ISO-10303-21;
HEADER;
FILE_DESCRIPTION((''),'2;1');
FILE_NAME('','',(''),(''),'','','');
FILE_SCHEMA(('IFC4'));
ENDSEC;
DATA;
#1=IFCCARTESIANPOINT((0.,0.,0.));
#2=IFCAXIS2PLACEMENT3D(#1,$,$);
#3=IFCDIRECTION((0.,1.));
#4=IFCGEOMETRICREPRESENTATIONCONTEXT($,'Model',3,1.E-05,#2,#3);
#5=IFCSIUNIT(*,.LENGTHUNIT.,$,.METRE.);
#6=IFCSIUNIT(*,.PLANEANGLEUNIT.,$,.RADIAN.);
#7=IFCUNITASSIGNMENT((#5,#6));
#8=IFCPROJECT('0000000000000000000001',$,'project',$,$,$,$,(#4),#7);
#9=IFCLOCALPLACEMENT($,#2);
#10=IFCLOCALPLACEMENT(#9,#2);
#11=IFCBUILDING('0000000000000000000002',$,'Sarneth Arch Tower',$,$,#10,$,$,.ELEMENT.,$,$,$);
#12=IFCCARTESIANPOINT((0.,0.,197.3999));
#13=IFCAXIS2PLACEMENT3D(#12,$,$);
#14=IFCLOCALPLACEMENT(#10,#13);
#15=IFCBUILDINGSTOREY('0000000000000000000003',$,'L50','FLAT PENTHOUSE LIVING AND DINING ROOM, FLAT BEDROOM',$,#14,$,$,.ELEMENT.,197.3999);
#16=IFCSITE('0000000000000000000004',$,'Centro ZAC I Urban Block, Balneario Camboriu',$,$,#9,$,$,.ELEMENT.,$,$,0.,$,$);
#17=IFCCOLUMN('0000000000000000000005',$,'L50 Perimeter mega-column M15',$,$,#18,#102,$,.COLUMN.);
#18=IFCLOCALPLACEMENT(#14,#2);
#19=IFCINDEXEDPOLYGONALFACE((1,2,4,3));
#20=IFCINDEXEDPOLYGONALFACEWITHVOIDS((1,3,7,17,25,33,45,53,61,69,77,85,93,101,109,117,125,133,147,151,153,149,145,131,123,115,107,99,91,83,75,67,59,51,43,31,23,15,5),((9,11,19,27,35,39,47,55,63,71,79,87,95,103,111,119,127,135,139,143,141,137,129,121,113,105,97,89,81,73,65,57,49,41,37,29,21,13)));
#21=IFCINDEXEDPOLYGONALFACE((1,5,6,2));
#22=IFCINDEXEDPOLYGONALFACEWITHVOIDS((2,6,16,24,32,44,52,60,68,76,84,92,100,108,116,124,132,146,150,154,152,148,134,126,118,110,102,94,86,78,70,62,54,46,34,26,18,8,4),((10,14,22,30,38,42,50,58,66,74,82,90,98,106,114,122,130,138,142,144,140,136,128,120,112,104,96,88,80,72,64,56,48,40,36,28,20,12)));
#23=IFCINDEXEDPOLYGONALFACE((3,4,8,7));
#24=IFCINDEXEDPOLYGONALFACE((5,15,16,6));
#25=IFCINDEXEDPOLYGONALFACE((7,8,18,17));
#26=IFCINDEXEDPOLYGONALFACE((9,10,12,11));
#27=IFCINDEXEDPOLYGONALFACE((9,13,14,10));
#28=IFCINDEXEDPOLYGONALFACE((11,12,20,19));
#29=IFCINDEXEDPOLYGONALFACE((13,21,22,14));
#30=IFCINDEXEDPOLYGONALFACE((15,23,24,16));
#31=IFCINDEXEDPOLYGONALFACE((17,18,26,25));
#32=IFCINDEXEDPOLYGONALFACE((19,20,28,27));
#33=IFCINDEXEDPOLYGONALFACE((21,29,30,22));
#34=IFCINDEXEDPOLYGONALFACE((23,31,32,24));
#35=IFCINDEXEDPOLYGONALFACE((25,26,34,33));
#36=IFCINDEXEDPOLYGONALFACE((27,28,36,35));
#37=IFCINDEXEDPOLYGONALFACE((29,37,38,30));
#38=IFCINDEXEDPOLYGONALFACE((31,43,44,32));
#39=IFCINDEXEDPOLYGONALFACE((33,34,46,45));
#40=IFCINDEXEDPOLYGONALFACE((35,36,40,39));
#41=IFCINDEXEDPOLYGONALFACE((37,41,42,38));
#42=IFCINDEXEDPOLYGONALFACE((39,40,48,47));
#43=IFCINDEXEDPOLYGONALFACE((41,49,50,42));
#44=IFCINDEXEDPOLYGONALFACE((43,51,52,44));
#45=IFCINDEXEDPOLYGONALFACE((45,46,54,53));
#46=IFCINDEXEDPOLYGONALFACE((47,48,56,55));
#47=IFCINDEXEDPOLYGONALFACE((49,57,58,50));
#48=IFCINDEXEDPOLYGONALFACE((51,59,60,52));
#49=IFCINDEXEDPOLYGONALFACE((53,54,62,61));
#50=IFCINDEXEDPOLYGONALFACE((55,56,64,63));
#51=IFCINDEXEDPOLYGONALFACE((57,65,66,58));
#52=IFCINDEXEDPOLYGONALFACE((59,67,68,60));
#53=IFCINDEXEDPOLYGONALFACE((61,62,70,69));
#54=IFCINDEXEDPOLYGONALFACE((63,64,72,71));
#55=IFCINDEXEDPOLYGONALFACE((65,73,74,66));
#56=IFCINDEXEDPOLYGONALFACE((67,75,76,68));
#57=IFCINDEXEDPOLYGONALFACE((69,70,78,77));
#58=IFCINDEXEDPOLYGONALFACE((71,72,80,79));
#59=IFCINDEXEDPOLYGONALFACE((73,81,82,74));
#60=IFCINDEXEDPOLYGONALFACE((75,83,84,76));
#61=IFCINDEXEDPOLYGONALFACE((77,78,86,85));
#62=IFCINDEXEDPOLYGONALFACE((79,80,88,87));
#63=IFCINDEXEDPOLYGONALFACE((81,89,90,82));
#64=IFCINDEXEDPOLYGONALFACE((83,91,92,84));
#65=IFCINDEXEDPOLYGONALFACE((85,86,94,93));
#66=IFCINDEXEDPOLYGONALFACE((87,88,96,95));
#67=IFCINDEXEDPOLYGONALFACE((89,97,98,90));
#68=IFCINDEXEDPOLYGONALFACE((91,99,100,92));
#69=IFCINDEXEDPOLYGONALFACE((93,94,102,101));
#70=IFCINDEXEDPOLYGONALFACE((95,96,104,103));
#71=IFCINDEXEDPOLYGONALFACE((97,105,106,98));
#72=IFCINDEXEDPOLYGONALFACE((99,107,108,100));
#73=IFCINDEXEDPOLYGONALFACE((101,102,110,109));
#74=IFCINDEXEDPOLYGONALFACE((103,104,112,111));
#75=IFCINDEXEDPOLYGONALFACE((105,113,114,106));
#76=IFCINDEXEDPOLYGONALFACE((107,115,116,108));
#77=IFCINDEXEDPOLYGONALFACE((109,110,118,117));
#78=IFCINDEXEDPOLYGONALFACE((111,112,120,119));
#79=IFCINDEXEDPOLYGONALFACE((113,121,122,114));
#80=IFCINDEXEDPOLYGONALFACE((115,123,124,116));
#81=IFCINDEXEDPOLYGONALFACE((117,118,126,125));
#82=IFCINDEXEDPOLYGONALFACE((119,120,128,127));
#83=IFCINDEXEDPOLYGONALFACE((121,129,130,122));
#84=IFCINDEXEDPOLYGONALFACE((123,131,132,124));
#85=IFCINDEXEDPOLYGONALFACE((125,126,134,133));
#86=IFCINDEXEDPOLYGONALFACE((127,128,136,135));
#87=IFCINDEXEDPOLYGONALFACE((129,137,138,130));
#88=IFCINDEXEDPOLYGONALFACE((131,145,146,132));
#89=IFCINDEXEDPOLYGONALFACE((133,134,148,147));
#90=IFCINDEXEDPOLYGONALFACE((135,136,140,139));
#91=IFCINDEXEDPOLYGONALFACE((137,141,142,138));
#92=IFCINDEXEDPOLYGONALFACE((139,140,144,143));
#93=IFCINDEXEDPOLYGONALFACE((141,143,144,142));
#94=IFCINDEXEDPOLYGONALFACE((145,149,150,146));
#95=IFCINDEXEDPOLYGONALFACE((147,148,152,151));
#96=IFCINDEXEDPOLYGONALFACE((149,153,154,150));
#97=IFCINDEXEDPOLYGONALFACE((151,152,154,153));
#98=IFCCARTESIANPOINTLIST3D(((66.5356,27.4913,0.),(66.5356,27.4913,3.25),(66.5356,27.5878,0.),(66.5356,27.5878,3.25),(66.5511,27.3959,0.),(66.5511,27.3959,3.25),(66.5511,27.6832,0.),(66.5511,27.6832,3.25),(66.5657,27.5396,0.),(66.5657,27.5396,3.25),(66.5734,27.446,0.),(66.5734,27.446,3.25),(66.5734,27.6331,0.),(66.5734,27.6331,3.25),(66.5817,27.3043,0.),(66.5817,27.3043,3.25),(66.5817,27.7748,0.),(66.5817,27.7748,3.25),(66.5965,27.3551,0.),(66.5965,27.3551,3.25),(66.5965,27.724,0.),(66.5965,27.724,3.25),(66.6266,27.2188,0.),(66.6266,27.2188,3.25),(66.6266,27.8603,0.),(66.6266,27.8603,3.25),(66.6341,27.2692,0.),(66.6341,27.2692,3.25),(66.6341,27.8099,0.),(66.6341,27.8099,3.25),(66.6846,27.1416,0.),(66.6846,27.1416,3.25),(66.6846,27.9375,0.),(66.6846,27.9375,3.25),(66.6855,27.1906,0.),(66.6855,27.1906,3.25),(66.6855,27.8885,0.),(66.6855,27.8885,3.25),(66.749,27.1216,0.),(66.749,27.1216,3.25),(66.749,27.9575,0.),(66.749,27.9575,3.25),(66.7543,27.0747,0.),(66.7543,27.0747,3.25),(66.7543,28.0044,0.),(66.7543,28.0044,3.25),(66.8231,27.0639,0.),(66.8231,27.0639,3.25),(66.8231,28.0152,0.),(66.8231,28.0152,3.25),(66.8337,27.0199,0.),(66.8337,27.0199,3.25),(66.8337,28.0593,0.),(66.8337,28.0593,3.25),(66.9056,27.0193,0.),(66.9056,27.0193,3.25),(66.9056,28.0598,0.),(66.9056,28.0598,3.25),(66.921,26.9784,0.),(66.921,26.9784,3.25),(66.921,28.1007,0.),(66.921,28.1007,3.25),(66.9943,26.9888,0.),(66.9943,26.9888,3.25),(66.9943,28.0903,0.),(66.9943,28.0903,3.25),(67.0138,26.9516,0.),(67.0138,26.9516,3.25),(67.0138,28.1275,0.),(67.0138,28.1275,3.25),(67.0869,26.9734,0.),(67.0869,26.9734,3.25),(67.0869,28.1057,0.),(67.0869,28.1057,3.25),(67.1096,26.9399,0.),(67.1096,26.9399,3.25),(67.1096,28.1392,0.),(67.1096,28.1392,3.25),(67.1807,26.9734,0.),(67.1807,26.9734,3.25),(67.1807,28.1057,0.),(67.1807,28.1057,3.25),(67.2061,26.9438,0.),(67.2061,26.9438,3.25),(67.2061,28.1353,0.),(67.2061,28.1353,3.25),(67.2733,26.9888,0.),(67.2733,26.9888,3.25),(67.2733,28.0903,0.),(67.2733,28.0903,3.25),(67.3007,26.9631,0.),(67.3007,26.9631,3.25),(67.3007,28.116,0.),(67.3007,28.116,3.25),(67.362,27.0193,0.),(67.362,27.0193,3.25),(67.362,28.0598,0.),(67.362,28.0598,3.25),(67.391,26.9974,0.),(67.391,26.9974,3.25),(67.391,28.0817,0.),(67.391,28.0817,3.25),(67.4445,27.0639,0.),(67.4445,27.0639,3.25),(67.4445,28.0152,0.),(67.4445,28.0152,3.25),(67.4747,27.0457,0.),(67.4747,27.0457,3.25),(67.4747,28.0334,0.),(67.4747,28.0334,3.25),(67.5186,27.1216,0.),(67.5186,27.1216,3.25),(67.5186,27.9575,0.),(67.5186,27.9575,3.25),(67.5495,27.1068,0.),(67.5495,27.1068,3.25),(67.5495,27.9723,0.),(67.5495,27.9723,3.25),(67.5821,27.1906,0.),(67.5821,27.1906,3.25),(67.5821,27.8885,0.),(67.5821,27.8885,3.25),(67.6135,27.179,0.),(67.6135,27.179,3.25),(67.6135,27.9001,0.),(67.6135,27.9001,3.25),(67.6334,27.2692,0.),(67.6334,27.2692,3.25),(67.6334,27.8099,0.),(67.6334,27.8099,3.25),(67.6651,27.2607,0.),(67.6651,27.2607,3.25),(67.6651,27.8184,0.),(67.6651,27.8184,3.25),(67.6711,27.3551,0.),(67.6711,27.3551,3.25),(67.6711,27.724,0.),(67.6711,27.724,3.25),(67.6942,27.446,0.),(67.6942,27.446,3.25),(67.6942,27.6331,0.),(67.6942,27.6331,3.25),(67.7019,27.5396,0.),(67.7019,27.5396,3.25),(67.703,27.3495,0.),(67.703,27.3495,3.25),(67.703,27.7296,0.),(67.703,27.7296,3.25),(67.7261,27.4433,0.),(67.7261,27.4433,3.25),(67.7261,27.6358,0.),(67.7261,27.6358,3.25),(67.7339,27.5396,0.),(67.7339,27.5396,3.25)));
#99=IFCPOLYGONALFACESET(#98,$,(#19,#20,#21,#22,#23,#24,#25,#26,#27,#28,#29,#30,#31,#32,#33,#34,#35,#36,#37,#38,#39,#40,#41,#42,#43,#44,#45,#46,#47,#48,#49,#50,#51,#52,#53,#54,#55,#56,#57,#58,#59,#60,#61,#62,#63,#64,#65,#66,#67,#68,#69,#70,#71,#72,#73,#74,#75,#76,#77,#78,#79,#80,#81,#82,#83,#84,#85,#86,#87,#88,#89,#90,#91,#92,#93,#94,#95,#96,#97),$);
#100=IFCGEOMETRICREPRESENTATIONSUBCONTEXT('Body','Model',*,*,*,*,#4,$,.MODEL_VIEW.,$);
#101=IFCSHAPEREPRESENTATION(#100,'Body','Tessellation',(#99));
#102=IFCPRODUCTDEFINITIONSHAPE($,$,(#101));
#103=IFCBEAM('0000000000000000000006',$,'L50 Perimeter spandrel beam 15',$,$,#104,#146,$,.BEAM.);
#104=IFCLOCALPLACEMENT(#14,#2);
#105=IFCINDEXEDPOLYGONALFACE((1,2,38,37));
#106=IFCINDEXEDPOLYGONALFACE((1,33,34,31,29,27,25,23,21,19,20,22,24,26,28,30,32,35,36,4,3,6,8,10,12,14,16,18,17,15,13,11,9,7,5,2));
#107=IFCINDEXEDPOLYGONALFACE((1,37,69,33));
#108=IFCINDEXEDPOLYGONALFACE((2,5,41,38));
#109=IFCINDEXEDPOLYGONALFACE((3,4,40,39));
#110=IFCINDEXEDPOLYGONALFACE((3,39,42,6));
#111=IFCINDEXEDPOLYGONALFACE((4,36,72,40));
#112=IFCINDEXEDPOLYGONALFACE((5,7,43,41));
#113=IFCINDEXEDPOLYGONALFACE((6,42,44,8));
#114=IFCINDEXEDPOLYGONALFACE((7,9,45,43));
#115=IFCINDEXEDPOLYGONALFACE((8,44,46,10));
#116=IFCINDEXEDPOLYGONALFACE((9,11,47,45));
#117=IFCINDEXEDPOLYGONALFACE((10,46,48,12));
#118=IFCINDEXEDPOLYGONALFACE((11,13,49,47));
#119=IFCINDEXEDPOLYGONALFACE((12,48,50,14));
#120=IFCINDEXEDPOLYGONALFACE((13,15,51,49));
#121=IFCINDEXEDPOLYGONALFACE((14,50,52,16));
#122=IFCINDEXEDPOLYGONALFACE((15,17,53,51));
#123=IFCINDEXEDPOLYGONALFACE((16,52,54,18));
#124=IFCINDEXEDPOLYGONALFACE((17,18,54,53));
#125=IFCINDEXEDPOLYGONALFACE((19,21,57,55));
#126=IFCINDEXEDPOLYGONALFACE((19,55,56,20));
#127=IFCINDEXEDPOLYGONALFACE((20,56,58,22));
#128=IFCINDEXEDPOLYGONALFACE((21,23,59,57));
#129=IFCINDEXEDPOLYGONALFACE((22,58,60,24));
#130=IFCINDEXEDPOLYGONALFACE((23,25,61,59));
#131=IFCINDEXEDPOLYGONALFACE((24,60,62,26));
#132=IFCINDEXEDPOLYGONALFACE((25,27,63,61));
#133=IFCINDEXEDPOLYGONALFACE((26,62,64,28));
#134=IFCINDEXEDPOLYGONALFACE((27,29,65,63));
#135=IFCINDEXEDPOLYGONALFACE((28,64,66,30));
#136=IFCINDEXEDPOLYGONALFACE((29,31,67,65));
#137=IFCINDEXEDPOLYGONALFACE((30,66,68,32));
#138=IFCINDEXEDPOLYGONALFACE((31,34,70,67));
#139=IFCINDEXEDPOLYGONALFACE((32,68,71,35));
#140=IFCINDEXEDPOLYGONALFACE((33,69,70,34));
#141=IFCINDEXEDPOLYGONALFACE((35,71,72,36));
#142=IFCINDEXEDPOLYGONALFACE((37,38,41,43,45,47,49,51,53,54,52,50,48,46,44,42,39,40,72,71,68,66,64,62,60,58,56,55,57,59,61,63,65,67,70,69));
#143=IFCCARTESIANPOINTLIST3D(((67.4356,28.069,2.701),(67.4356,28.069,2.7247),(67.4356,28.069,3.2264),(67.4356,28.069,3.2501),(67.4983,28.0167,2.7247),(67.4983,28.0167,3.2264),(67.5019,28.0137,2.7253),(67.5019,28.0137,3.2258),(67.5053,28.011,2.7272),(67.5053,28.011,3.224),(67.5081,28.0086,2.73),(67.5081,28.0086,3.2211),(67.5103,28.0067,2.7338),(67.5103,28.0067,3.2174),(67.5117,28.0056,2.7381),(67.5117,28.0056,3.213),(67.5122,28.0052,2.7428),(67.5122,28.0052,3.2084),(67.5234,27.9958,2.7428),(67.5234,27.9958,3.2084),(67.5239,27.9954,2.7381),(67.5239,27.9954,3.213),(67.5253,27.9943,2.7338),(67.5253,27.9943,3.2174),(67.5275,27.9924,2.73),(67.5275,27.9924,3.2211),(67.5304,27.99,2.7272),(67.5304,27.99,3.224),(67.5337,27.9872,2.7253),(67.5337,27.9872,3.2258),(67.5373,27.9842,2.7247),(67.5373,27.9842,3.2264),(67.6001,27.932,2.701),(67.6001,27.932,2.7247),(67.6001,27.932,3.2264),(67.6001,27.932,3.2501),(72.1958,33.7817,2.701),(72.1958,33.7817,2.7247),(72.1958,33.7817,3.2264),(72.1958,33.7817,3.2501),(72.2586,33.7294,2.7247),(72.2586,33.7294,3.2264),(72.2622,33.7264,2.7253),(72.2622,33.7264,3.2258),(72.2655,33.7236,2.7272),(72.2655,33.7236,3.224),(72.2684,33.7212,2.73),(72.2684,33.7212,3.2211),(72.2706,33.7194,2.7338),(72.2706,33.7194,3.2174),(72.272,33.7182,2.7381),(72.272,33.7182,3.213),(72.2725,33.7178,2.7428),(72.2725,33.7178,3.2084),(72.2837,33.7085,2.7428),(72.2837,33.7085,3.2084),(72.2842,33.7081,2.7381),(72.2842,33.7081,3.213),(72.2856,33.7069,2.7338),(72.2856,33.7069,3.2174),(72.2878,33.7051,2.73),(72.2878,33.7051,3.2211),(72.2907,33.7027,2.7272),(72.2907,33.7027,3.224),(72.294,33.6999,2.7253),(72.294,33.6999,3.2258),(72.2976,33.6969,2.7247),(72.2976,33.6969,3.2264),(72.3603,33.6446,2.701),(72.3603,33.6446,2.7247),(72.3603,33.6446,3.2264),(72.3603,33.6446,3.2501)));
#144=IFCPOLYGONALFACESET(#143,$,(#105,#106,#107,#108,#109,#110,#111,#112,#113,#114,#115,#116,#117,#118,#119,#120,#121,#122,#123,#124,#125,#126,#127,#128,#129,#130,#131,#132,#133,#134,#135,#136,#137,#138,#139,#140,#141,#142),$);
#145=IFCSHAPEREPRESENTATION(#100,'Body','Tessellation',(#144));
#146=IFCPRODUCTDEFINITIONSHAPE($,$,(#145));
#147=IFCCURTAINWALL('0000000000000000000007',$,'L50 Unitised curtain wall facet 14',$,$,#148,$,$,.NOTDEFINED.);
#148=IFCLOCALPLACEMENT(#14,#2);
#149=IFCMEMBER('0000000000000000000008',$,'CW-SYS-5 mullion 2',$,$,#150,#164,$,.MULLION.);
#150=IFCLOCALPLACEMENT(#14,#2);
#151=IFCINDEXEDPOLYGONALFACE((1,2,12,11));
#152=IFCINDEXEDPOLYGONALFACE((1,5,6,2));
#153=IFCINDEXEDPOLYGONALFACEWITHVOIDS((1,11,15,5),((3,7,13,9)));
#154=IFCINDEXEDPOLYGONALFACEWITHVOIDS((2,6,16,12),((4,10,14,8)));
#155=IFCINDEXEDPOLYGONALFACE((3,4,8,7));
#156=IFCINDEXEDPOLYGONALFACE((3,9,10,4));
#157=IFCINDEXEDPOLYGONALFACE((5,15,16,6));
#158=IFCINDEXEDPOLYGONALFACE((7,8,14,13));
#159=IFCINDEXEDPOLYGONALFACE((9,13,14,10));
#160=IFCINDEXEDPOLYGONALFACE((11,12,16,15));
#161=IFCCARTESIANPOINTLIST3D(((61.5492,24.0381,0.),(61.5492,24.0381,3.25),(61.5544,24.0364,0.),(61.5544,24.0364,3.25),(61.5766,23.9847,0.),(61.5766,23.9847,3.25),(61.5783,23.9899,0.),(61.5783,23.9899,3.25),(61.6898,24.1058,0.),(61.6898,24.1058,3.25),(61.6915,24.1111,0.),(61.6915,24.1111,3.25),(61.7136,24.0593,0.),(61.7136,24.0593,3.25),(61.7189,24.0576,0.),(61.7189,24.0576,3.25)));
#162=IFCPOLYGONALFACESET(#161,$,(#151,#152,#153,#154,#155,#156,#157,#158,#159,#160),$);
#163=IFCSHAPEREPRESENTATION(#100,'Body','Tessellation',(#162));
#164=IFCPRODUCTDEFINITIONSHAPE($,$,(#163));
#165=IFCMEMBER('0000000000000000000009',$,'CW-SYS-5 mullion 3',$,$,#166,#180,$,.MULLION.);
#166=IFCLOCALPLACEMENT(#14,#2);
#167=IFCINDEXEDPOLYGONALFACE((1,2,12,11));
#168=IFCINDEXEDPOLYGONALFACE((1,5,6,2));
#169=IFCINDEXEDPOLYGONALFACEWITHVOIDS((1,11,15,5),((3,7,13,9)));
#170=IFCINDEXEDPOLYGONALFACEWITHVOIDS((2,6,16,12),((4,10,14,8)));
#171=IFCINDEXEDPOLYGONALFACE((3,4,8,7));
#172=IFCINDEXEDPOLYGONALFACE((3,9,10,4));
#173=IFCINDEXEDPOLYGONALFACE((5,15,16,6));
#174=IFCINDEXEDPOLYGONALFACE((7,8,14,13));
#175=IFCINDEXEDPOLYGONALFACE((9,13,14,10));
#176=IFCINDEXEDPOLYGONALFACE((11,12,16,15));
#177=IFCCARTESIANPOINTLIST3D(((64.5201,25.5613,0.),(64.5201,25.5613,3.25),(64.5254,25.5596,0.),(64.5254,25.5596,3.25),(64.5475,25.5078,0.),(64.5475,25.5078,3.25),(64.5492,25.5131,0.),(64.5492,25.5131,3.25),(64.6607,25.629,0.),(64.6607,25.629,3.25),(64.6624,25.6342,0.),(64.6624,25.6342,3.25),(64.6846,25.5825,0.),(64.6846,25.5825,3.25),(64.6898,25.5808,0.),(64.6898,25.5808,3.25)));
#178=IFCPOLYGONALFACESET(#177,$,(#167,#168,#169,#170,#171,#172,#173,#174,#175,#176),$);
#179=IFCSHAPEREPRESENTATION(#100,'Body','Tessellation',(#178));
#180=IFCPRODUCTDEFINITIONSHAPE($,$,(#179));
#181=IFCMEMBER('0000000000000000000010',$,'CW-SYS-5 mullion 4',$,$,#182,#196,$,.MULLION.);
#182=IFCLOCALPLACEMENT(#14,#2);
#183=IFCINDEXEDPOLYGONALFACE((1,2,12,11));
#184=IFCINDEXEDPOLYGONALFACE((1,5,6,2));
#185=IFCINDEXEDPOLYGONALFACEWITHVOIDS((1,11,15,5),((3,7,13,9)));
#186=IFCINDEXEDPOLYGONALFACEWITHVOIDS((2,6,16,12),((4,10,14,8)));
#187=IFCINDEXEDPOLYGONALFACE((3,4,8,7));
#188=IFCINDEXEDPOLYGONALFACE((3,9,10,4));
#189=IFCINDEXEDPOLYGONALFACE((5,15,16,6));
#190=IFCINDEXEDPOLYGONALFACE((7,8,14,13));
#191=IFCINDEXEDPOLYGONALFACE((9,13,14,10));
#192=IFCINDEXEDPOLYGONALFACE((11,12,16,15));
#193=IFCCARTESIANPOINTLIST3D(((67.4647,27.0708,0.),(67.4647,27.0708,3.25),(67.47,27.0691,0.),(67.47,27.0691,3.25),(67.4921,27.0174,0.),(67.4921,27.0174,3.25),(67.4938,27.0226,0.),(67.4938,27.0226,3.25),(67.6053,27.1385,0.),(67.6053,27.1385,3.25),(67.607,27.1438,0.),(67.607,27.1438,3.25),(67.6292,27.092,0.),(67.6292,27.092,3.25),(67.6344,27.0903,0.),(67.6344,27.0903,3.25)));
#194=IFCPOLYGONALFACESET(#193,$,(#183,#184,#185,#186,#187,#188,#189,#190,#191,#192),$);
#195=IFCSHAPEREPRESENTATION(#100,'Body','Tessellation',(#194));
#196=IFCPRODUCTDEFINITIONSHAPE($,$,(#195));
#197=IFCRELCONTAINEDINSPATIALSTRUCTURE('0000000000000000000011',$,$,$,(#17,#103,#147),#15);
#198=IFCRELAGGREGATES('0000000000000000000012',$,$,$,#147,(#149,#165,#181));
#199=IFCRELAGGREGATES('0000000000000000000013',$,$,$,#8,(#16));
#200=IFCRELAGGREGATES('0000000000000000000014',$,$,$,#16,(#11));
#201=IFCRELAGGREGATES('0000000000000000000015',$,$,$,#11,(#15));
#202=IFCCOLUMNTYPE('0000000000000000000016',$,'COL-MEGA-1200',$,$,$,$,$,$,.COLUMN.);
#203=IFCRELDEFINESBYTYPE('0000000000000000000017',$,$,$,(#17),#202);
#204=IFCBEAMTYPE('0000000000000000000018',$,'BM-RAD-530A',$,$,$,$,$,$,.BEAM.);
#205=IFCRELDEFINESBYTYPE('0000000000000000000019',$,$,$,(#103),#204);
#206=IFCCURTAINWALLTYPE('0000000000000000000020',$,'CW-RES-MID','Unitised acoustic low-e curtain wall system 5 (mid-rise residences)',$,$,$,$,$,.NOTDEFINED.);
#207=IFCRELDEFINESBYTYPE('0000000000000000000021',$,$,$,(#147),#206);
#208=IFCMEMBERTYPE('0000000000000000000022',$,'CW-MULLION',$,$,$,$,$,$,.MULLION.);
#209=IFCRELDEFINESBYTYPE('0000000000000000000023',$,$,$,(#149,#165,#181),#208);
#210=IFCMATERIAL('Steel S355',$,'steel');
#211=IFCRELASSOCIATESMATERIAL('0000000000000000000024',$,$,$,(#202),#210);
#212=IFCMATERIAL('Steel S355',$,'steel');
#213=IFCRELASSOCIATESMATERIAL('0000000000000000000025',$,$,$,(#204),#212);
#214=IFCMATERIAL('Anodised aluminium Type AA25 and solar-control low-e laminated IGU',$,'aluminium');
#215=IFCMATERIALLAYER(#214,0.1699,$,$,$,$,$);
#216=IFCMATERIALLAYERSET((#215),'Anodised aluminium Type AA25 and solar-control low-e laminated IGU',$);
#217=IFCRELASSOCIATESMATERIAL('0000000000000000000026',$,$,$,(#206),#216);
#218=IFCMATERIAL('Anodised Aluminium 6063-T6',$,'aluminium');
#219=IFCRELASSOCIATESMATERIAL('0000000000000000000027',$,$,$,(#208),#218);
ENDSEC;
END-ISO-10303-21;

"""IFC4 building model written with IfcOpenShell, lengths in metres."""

from ifc_helpers import new_model, si_unit, direction, frame, origin, origin_2d, place, context, subcontext, project, spatial, hollow_rectangle, hollow_circle, i_section, extrude, material, layer, layer_set, material_profile, profile_set, type_object, element, aggregate, save


model = new_model("IFC4")

# Units and contexts
model_context = context("Model", 3, precision=1e-05, world=origin(), true_north=direction((0.0, 1.0)))
body_context = subcontext(model_context, "Body", "Model", "MODEL_VIEW")
ifc_project = project(units=[si_unit("LENGTHUNIT", "METRE"), si_unit("PLANEANGLEUNIT", "RADIAN")], contexts=[model_context])

# Site, building, storey
site_placement = place(None, origin())
site = spatial("IfcSite", under=ifc_project, at=site_placement, Name="Centro ZAC I Urban Block, Balneario Camboriu", CompositionType="ELEMENT", RefElevation=0.0)
building_placement = place(site_placement, origin())
building = spatial("IfcBuilding", under=site, at=building_placement, Name="Sarneth Arch Tower", CompositionType="ELEMENT")
storey_placement = place(building_placement, frame((0.0, 0.0, 197.3999)))
storey = spatial("IfcBuildingStorey", under=building, at=storey_placement, Name="L50", Description="FLAT PENTHOUSE LIVING AND DINING ROOM, FLAT BEDROOM", CompositionType="ELEMENT", Elevation=197.3999)

# Column
ifc_material_1 = material(Name="Steel S355", Category="steel")
ifc_material_profile_1 = material_profile(ifc_material_1, hollow_circle(Radius=0.6001, WallThickness=0.032, at=origin_2d()), Name="CHS1200x32")
ifc_profile_set_1 = profile_set([ifc_material_profile_1], Name="Steel S355")
column_type = type_object("IfcColumnType", Name="COL-MEGA-1200", PredefinedType="COLUMN", material=ifc_profile_set_1)
column_placement = place(storey_placement, frame((67.1338, 27.5396, 0.0), z_axis=(0.0, 0.0, 1.0), x_axis=(1.0, 0.0, 0.0)))
element("IfcColumn", 1, at=column_placement, inside=storey, type_object=column_type, Name="L50 Perimeter mega-column M15", PredefinedType="COLUMN", context=body_context, shape_type="SweptSolid", body=[
    extrude(hollow_circle(Radius=0.6001, WallThickness=0.032, at=origin_2d()), origin(), (0.0, 0.0, 1.0), 3.25),
])

# Beam
ifc_material_2 = material(Name="Steel S355", Category="steel")
ifc_material_profile_2 = material_profile(ifc_material_2, i_section(OverallWidth=0.2141, OverallDepth=0.5491, WebThickness=0.0146, FlangeThickness=0.0237, FilletRadius=0.0181, at=origin_2d()), Name="W530x138")
ifc_profile_set_2 = profile_set([ifc_material_profile_2], Name="Steel S355")
beam_type = type_object("IfcBeamType", Name="BM-RAD-530A", PredefinedType="BEAM", material=ifc_profile_set_2)
beam_placement = place(storey_placement, frame((67.5178, 28.0005, 2.9756), z_axis=(0.640162, 0.76824, 0.0), x_axis=(-0.76824, 0.640162, 0.0)))
element("IfcBeam", 2, at=beam_placement, inside=storey, type_object=beam_type, Name="L50 Perimeter spandrel beam 15", PredefinedType="BEAM", context=body_context, shape_type="SweptSolid", body=[
    extrude(i_section(OverallWidth=0.2141, OverallDepth=0.5491, WebThickness=0.0146, FlangeThickness=0.0237, FilletRadius=0.0181, at=origin_2d()), origin(), (0.0, 0.0, 1.0), 7.436),
])

# Curtain wall, members
ifc_material_3 = material(Name="Anodised aluminium Type AA25 and solar-control low-e laminated IGU", Category="aluminium")
ifc_layer_1 = layer(ifc_material_3, 0.1699)
ifc_layer_set_1 = layer_set([ifc_layer_1], Name="Anodised aluminium Type AA25 and solar-control low-e laminated IGU")
curtain_wall_type = type_object("IfcCurtainWallType", Name="CW-RES-MID", Description="Unitised acoustic low-e curtain wall system 5 (mid-rise residences)", PredefinedType="NOTDEFINED", material=ifc_layer_set_1)
curtain_wall_placement = place(storey_placement, origin())
curtain_wall = element("IfcCurtainWall", 3, at=curtain_wall_placement, inside=storey, type_object=curtain_wall_type, Name="L50 Unitised curtain wall facet 14", PredefinedType="NOTDEFINED")
ifc_material_4 = material(Name="Anodised Aluminium 6063-T6", Category="aluminium")
ifc_material_profile_3 = material_profile(ifc_material_4, hollow_rectangle(XDim=0.0601, YDim=0.1599, WallThickness=0.0039, at=origin_2d()), Name="AL-MULL-160x60x4")
ifc_profile_set_3 = profile_set([ifc_material_profile_3], Name="Anodised Aluminium 6063-T6")
member_type_1 = type_object("IfcMemberType", Name="CW-MULLION", PredefinedType="MULLION", material=ifc_profile_set_3)
member_1_placement = place(storey_placement, frame((61.634, 24.0479, 0.0), z_axis=(0.0, 0.0, 1.0), x_axis=(-0.456208, 0.889873, 0.0)))
member_1 = element("IfcMember", 4, at=member_1_placement, type_object=member_type_1, Name="CW-SYS-5 mullion 2", PredefinedType="MULLION", context=body_context, shape_type="SweptSolid", body=[
    extrude(hollow_rectangle(XDim=0.0601, YDim=0.1599, WallThickness=0.0039, at=origin_2d()), origin(), (0.0, 0.0, 1.0), 3.25),
])
member_2_placement = place(storey_placement, frame((64.605, 25.571, 0.0), z_axis=(0.0, 0.0, 1.0), x_axis=(-0.456208, 0.889873, 0.0)))
member_2 = element("IfcMember", 5, at=member_2_placement, type_object=member_type_1, Name="CW-SYS-5 mullion 3", PredefinedType="MULLION", context=body_context, shape_type="SweptSolid", body=[
    extrude(hollow_rectangle(XDim=0.0601, YDim=0.1599, WallThickness=0.0039, at=origin_2d()), origin(), (0.0, 0.0, 1.0), 3.25),
])
member_3_placement = place(storey_placement, frame((67.5496, 27.0806, 0.0), z_axis=(0.0, 0.0, 1.0), x_axis=(-0.456208, 0.889873, 0.0)))
member_3 = element("IfcMember", 6, at=member_3_placement, type_object=member_type_1, Name="CW-SYS-5 mullion 4", PredefinedType="MULLION", context=body_context, shape_type="SweptSolid", body=[
    extrude(hollow_rectangle(XDim=0.0601, YDim=0.1599, WallThickness=0.0039, at=origin_2d()), origin(), (0.0, 0.0, 1.0), 3.25),
])
aggregate(curtain_wall, [member_1, member_2, member_3])

save(model, "model.ifc")
